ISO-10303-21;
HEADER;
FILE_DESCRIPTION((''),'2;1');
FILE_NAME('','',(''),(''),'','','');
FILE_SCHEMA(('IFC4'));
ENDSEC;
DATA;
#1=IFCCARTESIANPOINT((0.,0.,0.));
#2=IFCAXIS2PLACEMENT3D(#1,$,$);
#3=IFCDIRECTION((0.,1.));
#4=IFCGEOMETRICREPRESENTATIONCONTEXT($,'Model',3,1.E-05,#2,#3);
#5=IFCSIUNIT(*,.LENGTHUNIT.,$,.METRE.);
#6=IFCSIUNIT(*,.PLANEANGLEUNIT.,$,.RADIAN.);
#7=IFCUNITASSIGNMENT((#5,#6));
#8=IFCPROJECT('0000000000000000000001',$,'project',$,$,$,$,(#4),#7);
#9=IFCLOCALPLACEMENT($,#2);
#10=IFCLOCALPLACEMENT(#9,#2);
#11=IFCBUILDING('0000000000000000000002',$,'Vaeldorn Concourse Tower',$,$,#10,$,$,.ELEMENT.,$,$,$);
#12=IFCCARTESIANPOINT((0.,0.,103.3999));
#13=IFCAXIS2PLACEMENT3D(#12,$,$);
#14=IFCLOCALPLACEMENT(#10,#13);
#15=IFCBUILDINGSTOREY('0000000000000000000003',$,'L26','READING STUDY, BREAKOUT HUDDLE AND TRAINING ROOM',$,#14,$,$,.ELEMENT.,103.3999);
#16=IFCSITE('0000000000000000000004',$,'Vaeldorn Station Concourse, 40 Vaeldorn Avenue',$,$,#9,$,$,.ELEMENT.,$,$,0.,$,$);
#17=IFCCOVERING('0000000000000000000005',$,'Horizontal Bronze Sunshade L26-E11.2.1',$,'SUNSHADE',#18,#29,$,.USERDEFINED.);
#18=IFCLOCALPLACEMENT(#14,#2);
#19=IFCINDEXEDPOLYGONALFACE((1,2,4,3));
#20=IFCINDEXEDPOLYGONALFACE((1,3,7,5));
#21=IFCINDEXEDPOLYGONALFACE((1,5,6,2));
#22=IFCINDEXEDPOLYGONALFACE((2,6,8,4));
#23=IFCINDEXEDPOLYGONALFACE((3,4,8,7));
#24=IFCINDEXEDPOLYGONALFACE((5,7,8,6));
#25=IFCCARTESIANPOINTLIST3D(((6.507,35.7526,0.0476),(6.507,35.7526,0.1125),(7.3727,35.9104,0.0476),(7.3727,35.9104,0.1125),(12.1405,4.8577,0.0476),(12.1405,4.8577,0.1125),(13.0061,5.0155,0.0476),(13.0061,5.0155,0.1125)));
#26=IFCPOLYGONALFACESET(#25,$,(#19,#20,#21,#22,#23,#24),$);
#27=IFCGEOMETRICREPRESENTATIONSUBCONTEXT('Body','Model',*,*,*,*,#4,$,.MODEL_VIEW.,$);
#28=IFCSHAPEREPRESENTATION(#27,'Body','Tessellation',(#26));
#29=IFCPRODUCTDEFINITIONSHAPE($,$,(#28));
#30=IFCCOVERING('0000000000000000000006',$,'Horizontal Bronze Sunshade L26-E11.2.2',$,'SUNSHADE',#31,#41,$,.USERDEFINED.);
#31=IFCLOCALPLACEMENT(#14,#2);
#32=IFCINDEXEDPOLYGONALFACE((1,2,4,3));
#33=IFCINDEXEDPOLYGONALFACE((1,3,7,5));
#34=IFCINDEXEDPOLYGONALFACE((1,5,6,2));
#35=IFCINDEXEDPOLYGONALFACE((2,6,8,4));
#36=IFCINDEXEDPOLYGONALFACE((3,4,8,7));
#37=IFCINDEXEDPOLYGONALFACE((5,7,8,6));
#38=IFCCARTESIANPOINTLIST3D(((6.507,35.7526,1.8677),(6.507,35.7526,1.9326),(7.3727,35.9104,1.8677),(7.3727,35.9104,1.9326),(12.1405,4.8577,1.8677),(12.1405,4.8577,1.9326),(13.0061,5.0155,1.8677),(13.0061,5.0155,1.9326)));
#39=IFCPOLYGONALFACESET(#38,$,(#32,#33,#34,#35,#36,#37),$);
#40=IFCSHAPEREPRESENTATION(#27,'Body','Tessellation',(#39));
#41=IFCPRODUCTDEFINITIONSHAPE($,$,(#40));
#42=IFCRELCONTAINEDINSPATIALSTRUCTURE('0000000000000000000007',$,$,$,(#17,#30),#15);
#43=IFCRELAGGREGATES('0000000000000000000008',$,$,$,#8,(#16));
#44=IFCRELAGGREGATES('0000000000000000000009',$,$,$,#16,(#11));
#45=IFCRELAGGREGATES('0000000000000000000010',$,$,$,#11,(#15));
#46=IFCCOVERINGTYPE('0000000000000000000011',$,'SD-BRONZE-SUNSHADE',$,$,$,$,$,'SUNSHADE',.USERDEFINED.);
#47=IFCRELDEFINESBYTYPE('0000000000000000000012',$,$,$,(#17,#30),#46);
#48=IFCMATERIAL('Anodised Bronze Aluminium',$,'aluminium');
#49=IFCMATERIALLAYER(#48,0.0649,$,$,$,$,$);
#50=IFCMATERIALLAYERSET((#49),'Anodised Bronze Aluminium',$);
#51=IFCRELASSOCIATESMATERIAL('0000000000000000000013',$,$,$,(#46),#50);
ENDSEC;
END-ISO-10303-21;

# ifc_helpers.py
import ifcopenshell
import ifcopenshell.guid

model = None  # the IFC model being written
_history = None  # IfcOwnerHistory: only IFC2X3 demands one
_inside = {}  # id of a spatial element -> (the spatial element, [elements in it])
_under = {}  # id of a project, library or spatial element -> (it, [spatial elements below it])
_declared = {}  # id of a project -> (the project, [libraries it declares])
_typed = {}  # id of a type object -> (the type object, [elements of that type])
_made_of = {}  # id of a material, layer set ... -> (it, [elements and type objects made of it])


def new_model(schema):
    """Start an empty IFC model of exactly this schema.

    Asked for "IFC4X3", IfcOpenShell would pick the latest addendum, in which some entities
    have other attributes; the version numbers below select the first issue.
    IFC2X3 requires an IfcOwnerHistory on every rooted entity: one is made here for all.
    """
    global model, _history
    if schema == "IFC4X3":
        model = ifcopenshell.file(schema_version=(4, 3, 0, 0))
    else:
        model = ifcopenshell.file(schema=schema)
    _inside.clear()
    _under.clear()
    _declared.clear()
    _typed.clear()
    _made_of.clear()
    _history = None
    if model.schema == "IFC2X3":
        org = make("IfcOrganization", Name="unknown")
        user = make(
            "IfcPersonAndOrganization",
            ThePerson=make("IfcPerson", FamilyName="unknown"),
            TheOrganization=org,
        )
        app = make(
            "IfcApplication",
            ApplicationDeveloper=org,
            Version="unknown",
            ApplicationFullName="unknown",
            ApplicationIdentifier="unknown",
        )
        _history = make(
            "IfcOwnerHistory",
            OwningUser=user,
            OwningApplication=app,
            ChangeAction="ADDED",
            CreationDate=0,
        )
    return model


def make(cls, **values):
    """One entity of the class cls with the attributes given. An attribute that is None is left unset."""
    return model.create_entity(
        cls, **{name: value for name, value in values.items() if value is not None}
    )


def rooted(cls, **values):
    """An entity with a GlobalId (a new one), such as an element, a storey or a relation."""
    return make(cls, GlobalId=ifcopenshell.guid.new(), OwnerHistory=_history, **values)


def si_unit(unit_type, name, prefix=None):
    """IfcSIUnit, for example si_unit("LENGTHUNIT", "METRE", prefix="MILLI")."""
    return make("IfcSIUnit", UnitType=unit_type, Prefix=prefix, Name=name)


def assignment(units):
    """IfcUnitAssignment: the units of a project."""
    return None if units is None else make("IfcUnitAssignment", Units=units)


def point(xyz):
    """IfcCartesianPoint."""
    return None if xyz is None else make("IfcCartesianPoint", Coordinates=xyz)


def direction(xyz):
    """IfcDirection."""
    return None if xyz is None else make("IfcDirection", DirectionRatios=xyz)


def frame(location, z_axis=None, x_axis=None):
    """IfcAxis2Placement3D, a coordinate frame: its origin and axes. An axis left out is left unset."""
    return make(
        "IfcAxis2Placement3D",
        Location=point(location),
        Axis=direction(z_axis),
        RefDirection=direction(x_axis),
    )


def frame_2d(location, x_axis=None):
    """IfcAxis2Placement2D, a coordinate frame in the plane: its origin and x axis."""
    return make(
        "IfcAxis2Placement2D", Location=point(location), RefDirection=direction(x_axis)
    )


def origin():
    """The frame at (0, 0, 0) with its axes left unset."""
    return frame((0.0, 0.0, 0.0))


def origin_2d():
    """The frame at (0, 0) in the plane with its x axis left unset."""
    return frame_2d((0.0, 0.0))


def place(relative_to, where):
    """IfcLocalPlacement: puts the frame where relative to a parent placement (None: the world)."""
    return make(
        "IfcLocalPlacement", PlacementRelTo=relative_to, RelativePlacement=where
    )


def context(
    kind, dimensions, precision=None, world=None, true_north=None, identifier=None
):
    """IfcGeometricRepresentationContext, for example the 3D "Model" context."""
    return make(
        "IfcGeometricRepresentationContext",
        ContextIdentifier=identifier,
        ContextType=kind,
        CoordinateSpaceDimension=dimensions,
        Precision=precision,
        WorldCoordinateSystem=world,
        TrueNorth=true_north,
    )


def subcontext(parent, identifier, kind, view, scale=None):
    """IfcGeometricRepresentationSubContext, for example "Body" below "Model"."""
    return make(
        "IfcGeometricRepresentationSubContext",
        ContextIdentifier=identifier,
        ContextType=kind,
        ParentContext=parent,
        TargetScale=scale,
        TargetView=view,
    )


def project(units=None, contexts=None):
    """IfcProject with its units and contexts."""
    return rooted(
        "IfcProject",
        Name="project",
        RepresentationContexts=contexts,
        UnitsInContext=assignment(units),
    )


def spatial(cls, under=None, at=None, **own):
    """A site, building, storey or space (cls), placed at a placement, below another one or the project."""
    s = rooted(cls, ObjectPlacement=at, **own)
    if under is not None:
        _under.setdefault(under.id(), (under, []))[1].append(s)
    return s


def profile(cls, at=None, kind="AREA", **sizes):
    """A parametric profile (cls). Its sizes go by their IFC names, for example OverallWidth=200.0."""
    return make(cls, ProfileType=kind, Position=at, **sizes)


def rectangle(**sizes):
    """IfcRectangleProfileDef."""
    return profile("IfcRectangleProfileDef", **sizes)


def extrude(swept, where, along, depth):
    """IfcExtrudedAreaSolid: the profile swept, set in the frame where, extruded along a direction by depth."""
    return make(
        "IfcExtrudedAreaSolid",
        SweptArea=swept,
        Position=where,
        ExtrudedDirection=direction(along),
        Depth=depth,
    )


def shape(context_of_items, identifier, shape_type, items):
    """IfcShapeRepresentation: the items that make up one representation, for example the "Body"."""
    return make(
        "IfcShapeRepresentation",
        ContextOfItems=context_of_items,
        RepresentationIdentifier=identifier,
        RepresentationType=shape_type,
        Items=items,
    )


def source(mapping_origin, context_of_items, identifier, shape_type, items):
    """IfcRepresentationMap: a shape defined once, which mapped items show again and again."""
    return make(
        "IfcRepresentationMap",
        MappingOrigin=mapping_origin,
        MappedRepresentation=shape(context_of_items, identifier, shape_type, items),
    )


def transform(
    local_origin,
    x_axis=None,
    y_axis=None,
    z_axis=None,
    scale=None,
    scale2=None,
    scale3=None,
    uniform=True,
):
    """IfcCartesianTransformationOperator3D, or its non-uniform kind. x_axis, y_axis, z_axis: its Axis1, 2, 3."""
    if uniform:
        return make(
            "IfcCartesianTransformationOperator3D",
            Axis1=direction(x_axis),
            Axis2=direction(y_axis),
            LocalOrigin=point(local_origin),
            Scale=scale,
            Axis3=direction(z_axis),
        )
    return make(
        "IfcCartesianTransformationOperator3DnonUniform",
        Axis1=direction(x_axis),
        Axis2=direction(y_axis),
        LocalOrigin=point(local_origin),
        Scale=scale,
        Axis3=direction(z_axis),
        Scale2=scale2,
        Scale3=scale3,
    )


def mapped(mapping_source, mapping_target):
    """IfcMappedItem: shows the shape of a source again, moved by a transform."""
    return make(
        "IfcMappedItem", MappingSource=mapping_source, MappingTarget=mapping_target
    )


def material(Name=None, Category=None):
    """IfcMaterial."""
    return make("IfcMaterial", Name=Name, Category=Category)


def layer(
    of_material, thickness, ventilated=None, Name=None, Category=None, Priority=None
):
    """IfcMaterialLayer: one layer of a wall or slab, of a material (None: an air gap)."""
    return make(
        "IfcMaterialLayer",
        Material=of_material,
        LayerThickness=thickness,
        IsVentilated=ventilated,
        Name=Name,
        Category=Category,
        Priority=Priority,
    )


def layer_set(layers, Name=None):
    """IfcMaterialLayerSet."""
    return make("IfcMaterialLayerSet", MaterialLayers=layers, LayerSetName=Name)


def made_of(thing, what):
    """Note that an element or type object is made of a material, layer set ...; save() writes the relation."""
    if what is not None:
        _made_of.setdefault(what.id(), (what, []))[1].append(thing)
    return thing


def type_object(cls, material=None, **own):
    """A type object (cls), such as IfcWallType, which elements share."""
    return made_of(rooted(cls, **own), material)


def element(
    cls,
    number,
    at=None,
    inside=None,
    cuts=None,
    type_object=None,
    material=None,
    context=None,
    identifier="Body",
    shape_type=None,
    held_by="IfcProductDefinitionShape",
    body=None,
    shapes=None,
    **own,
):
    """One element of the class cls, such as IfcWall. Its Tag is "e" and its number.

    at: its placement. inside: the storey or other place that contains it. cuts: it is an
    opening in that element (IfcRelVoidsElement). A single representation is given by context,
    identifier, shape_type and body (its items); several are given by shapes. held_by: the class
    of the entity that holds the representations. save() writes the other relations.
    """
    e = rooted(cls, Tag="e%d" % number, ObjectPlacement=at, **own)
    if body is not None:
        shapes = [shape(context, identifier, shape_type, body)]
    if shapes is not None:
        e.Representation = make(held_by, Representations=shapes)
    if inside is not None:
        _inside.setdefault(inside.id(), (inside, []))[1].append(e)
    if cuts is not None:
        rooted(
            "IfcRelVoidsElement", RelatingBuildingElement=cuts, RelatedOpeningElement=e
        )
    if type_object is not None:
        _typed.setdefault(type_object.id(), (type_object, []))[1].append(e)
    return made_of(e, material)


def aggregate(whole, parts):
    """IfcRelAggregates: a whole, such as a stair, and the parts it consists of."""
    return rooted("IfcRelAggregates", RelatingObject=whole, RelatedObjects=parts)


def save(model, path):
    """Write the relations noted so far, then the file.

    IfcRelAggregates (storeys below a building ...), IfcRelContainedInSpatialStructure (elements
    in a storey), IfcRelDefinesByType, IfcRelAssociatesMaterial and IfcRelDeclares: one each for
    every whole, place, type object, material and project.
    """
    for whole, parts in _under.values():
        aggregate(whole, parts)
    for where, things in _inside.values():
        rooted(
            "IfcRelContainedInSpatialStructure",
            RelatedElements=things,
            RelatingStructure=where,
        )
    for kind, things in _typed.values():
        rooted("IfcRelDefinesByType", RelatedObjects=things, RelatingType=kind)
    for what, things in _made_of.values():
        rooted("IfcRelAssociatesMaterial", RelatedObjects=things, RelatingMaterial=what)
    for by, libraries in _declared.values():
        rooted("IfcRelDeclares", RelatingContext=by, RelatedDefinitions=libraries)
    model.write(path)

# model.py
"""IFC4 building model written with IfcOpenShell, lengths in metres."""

from ifc_helpers import new_model, si_unit, direction, frame, origin, origin_2d, place, context, subcontext, project, spatial, rectangle, extrude, source, transform, mapped, material, layer, layer_set, type_object, element, save


model = new_model("IFC4")

# Units and contexts
model_context = context("Model", 3, precision=1e-05, world=origin(), true_north=direction((0.0, 1.0)))
body_context = subcontext(model_context, "Body", "Model", "MODEL_VIEW")
ifc_project = project(units=[si_unit("LENGTHUNIT", "METRE"), si_unit("PLANEANGLEUNIT", "RADIAN")], contexts=[model_context])

# Site, building, storey
site_placement = place(None, origin())
site = spatial("IfcSite", under=ifc_project, at=site_placement, Name="Vaeldorn Station Concourse, 40 Vaeldorn Avenue", CompositionType="ELEMENT", RefElevation=0.0)
building_placement = place(site_placement, origin())
building = spatial("IfcBuilding", under=site, at=building_placement, Name="Vaeldorn Concourse Tower", CompositionType="ELEMENT")
storey_placement = place(building_placement, frame((0.0, 0.0, 103.3999)))
storey = spatial("IfcBuildingStorey", under=building, at=storey_placement, Name="L26", Description="READING STUDY, BREAKOUT HUDDLE AND TRAINING ROOM", CompositionType="ELEMENT", Elevation=103.3999)

# Shared definitions
ifc_material_1 = material(Name="Anodised Bronze Aluminium", Category="aluminium")

# Coverings
ifc_layer_1 = layer(ifc_material_1, 0.0649)
ifc_layer_set_1 = layer_set([ifc_layer_1], Name="Anodised Bronze Aluminium")
covering_type = type_object("IfcCoveringType", Name="SD-BRONZE-SUNSHADE", ElementType="SUNSHADE", PredefinedType="USERDEFINED", material=ifc_layer_set_1)
shared_shape_1 = source(origin(), body_context, "Body", "SweptSolid", [
    extrude(rectangle(XDim=31.4043, YDim=0.8799, at=origin_2d()), origin(), (0.0, 0.0, 1.0), 0.0649),
])
for number, where, z_axis, x_axis, name in (
    (1, (9.7566, 20.384, 0.0476), (0.0, 0.0, 1.0), (0.179386, -0.983779, 0.0), "Horizontal Bronze Sunshade L26-E11.2.1"),
    (2, (9.7566, 20.384, 1.8677), (0.0, 0.0, 1.0), (0.179386, -0.983779, 0.0), "Horizontal Bronze Sunshade L26-E11.2.2"),
):
    element("IfcCovering", number, at=place(storey_placement, frame(where, z_axis=z_axis, x_axis=x_axis)), inside=storey, type_object=covering_type, Name=name, ObjectType="SUNSHADE", PredefinedType="USERDEFINED", context=body_context, shape_type="MappedRepresentation", body=[
        mapped(shared_shape_1, transform((0.0, 0.0, 0.0), scale=1.0)),
    ])

save(model, "model.ifc")
